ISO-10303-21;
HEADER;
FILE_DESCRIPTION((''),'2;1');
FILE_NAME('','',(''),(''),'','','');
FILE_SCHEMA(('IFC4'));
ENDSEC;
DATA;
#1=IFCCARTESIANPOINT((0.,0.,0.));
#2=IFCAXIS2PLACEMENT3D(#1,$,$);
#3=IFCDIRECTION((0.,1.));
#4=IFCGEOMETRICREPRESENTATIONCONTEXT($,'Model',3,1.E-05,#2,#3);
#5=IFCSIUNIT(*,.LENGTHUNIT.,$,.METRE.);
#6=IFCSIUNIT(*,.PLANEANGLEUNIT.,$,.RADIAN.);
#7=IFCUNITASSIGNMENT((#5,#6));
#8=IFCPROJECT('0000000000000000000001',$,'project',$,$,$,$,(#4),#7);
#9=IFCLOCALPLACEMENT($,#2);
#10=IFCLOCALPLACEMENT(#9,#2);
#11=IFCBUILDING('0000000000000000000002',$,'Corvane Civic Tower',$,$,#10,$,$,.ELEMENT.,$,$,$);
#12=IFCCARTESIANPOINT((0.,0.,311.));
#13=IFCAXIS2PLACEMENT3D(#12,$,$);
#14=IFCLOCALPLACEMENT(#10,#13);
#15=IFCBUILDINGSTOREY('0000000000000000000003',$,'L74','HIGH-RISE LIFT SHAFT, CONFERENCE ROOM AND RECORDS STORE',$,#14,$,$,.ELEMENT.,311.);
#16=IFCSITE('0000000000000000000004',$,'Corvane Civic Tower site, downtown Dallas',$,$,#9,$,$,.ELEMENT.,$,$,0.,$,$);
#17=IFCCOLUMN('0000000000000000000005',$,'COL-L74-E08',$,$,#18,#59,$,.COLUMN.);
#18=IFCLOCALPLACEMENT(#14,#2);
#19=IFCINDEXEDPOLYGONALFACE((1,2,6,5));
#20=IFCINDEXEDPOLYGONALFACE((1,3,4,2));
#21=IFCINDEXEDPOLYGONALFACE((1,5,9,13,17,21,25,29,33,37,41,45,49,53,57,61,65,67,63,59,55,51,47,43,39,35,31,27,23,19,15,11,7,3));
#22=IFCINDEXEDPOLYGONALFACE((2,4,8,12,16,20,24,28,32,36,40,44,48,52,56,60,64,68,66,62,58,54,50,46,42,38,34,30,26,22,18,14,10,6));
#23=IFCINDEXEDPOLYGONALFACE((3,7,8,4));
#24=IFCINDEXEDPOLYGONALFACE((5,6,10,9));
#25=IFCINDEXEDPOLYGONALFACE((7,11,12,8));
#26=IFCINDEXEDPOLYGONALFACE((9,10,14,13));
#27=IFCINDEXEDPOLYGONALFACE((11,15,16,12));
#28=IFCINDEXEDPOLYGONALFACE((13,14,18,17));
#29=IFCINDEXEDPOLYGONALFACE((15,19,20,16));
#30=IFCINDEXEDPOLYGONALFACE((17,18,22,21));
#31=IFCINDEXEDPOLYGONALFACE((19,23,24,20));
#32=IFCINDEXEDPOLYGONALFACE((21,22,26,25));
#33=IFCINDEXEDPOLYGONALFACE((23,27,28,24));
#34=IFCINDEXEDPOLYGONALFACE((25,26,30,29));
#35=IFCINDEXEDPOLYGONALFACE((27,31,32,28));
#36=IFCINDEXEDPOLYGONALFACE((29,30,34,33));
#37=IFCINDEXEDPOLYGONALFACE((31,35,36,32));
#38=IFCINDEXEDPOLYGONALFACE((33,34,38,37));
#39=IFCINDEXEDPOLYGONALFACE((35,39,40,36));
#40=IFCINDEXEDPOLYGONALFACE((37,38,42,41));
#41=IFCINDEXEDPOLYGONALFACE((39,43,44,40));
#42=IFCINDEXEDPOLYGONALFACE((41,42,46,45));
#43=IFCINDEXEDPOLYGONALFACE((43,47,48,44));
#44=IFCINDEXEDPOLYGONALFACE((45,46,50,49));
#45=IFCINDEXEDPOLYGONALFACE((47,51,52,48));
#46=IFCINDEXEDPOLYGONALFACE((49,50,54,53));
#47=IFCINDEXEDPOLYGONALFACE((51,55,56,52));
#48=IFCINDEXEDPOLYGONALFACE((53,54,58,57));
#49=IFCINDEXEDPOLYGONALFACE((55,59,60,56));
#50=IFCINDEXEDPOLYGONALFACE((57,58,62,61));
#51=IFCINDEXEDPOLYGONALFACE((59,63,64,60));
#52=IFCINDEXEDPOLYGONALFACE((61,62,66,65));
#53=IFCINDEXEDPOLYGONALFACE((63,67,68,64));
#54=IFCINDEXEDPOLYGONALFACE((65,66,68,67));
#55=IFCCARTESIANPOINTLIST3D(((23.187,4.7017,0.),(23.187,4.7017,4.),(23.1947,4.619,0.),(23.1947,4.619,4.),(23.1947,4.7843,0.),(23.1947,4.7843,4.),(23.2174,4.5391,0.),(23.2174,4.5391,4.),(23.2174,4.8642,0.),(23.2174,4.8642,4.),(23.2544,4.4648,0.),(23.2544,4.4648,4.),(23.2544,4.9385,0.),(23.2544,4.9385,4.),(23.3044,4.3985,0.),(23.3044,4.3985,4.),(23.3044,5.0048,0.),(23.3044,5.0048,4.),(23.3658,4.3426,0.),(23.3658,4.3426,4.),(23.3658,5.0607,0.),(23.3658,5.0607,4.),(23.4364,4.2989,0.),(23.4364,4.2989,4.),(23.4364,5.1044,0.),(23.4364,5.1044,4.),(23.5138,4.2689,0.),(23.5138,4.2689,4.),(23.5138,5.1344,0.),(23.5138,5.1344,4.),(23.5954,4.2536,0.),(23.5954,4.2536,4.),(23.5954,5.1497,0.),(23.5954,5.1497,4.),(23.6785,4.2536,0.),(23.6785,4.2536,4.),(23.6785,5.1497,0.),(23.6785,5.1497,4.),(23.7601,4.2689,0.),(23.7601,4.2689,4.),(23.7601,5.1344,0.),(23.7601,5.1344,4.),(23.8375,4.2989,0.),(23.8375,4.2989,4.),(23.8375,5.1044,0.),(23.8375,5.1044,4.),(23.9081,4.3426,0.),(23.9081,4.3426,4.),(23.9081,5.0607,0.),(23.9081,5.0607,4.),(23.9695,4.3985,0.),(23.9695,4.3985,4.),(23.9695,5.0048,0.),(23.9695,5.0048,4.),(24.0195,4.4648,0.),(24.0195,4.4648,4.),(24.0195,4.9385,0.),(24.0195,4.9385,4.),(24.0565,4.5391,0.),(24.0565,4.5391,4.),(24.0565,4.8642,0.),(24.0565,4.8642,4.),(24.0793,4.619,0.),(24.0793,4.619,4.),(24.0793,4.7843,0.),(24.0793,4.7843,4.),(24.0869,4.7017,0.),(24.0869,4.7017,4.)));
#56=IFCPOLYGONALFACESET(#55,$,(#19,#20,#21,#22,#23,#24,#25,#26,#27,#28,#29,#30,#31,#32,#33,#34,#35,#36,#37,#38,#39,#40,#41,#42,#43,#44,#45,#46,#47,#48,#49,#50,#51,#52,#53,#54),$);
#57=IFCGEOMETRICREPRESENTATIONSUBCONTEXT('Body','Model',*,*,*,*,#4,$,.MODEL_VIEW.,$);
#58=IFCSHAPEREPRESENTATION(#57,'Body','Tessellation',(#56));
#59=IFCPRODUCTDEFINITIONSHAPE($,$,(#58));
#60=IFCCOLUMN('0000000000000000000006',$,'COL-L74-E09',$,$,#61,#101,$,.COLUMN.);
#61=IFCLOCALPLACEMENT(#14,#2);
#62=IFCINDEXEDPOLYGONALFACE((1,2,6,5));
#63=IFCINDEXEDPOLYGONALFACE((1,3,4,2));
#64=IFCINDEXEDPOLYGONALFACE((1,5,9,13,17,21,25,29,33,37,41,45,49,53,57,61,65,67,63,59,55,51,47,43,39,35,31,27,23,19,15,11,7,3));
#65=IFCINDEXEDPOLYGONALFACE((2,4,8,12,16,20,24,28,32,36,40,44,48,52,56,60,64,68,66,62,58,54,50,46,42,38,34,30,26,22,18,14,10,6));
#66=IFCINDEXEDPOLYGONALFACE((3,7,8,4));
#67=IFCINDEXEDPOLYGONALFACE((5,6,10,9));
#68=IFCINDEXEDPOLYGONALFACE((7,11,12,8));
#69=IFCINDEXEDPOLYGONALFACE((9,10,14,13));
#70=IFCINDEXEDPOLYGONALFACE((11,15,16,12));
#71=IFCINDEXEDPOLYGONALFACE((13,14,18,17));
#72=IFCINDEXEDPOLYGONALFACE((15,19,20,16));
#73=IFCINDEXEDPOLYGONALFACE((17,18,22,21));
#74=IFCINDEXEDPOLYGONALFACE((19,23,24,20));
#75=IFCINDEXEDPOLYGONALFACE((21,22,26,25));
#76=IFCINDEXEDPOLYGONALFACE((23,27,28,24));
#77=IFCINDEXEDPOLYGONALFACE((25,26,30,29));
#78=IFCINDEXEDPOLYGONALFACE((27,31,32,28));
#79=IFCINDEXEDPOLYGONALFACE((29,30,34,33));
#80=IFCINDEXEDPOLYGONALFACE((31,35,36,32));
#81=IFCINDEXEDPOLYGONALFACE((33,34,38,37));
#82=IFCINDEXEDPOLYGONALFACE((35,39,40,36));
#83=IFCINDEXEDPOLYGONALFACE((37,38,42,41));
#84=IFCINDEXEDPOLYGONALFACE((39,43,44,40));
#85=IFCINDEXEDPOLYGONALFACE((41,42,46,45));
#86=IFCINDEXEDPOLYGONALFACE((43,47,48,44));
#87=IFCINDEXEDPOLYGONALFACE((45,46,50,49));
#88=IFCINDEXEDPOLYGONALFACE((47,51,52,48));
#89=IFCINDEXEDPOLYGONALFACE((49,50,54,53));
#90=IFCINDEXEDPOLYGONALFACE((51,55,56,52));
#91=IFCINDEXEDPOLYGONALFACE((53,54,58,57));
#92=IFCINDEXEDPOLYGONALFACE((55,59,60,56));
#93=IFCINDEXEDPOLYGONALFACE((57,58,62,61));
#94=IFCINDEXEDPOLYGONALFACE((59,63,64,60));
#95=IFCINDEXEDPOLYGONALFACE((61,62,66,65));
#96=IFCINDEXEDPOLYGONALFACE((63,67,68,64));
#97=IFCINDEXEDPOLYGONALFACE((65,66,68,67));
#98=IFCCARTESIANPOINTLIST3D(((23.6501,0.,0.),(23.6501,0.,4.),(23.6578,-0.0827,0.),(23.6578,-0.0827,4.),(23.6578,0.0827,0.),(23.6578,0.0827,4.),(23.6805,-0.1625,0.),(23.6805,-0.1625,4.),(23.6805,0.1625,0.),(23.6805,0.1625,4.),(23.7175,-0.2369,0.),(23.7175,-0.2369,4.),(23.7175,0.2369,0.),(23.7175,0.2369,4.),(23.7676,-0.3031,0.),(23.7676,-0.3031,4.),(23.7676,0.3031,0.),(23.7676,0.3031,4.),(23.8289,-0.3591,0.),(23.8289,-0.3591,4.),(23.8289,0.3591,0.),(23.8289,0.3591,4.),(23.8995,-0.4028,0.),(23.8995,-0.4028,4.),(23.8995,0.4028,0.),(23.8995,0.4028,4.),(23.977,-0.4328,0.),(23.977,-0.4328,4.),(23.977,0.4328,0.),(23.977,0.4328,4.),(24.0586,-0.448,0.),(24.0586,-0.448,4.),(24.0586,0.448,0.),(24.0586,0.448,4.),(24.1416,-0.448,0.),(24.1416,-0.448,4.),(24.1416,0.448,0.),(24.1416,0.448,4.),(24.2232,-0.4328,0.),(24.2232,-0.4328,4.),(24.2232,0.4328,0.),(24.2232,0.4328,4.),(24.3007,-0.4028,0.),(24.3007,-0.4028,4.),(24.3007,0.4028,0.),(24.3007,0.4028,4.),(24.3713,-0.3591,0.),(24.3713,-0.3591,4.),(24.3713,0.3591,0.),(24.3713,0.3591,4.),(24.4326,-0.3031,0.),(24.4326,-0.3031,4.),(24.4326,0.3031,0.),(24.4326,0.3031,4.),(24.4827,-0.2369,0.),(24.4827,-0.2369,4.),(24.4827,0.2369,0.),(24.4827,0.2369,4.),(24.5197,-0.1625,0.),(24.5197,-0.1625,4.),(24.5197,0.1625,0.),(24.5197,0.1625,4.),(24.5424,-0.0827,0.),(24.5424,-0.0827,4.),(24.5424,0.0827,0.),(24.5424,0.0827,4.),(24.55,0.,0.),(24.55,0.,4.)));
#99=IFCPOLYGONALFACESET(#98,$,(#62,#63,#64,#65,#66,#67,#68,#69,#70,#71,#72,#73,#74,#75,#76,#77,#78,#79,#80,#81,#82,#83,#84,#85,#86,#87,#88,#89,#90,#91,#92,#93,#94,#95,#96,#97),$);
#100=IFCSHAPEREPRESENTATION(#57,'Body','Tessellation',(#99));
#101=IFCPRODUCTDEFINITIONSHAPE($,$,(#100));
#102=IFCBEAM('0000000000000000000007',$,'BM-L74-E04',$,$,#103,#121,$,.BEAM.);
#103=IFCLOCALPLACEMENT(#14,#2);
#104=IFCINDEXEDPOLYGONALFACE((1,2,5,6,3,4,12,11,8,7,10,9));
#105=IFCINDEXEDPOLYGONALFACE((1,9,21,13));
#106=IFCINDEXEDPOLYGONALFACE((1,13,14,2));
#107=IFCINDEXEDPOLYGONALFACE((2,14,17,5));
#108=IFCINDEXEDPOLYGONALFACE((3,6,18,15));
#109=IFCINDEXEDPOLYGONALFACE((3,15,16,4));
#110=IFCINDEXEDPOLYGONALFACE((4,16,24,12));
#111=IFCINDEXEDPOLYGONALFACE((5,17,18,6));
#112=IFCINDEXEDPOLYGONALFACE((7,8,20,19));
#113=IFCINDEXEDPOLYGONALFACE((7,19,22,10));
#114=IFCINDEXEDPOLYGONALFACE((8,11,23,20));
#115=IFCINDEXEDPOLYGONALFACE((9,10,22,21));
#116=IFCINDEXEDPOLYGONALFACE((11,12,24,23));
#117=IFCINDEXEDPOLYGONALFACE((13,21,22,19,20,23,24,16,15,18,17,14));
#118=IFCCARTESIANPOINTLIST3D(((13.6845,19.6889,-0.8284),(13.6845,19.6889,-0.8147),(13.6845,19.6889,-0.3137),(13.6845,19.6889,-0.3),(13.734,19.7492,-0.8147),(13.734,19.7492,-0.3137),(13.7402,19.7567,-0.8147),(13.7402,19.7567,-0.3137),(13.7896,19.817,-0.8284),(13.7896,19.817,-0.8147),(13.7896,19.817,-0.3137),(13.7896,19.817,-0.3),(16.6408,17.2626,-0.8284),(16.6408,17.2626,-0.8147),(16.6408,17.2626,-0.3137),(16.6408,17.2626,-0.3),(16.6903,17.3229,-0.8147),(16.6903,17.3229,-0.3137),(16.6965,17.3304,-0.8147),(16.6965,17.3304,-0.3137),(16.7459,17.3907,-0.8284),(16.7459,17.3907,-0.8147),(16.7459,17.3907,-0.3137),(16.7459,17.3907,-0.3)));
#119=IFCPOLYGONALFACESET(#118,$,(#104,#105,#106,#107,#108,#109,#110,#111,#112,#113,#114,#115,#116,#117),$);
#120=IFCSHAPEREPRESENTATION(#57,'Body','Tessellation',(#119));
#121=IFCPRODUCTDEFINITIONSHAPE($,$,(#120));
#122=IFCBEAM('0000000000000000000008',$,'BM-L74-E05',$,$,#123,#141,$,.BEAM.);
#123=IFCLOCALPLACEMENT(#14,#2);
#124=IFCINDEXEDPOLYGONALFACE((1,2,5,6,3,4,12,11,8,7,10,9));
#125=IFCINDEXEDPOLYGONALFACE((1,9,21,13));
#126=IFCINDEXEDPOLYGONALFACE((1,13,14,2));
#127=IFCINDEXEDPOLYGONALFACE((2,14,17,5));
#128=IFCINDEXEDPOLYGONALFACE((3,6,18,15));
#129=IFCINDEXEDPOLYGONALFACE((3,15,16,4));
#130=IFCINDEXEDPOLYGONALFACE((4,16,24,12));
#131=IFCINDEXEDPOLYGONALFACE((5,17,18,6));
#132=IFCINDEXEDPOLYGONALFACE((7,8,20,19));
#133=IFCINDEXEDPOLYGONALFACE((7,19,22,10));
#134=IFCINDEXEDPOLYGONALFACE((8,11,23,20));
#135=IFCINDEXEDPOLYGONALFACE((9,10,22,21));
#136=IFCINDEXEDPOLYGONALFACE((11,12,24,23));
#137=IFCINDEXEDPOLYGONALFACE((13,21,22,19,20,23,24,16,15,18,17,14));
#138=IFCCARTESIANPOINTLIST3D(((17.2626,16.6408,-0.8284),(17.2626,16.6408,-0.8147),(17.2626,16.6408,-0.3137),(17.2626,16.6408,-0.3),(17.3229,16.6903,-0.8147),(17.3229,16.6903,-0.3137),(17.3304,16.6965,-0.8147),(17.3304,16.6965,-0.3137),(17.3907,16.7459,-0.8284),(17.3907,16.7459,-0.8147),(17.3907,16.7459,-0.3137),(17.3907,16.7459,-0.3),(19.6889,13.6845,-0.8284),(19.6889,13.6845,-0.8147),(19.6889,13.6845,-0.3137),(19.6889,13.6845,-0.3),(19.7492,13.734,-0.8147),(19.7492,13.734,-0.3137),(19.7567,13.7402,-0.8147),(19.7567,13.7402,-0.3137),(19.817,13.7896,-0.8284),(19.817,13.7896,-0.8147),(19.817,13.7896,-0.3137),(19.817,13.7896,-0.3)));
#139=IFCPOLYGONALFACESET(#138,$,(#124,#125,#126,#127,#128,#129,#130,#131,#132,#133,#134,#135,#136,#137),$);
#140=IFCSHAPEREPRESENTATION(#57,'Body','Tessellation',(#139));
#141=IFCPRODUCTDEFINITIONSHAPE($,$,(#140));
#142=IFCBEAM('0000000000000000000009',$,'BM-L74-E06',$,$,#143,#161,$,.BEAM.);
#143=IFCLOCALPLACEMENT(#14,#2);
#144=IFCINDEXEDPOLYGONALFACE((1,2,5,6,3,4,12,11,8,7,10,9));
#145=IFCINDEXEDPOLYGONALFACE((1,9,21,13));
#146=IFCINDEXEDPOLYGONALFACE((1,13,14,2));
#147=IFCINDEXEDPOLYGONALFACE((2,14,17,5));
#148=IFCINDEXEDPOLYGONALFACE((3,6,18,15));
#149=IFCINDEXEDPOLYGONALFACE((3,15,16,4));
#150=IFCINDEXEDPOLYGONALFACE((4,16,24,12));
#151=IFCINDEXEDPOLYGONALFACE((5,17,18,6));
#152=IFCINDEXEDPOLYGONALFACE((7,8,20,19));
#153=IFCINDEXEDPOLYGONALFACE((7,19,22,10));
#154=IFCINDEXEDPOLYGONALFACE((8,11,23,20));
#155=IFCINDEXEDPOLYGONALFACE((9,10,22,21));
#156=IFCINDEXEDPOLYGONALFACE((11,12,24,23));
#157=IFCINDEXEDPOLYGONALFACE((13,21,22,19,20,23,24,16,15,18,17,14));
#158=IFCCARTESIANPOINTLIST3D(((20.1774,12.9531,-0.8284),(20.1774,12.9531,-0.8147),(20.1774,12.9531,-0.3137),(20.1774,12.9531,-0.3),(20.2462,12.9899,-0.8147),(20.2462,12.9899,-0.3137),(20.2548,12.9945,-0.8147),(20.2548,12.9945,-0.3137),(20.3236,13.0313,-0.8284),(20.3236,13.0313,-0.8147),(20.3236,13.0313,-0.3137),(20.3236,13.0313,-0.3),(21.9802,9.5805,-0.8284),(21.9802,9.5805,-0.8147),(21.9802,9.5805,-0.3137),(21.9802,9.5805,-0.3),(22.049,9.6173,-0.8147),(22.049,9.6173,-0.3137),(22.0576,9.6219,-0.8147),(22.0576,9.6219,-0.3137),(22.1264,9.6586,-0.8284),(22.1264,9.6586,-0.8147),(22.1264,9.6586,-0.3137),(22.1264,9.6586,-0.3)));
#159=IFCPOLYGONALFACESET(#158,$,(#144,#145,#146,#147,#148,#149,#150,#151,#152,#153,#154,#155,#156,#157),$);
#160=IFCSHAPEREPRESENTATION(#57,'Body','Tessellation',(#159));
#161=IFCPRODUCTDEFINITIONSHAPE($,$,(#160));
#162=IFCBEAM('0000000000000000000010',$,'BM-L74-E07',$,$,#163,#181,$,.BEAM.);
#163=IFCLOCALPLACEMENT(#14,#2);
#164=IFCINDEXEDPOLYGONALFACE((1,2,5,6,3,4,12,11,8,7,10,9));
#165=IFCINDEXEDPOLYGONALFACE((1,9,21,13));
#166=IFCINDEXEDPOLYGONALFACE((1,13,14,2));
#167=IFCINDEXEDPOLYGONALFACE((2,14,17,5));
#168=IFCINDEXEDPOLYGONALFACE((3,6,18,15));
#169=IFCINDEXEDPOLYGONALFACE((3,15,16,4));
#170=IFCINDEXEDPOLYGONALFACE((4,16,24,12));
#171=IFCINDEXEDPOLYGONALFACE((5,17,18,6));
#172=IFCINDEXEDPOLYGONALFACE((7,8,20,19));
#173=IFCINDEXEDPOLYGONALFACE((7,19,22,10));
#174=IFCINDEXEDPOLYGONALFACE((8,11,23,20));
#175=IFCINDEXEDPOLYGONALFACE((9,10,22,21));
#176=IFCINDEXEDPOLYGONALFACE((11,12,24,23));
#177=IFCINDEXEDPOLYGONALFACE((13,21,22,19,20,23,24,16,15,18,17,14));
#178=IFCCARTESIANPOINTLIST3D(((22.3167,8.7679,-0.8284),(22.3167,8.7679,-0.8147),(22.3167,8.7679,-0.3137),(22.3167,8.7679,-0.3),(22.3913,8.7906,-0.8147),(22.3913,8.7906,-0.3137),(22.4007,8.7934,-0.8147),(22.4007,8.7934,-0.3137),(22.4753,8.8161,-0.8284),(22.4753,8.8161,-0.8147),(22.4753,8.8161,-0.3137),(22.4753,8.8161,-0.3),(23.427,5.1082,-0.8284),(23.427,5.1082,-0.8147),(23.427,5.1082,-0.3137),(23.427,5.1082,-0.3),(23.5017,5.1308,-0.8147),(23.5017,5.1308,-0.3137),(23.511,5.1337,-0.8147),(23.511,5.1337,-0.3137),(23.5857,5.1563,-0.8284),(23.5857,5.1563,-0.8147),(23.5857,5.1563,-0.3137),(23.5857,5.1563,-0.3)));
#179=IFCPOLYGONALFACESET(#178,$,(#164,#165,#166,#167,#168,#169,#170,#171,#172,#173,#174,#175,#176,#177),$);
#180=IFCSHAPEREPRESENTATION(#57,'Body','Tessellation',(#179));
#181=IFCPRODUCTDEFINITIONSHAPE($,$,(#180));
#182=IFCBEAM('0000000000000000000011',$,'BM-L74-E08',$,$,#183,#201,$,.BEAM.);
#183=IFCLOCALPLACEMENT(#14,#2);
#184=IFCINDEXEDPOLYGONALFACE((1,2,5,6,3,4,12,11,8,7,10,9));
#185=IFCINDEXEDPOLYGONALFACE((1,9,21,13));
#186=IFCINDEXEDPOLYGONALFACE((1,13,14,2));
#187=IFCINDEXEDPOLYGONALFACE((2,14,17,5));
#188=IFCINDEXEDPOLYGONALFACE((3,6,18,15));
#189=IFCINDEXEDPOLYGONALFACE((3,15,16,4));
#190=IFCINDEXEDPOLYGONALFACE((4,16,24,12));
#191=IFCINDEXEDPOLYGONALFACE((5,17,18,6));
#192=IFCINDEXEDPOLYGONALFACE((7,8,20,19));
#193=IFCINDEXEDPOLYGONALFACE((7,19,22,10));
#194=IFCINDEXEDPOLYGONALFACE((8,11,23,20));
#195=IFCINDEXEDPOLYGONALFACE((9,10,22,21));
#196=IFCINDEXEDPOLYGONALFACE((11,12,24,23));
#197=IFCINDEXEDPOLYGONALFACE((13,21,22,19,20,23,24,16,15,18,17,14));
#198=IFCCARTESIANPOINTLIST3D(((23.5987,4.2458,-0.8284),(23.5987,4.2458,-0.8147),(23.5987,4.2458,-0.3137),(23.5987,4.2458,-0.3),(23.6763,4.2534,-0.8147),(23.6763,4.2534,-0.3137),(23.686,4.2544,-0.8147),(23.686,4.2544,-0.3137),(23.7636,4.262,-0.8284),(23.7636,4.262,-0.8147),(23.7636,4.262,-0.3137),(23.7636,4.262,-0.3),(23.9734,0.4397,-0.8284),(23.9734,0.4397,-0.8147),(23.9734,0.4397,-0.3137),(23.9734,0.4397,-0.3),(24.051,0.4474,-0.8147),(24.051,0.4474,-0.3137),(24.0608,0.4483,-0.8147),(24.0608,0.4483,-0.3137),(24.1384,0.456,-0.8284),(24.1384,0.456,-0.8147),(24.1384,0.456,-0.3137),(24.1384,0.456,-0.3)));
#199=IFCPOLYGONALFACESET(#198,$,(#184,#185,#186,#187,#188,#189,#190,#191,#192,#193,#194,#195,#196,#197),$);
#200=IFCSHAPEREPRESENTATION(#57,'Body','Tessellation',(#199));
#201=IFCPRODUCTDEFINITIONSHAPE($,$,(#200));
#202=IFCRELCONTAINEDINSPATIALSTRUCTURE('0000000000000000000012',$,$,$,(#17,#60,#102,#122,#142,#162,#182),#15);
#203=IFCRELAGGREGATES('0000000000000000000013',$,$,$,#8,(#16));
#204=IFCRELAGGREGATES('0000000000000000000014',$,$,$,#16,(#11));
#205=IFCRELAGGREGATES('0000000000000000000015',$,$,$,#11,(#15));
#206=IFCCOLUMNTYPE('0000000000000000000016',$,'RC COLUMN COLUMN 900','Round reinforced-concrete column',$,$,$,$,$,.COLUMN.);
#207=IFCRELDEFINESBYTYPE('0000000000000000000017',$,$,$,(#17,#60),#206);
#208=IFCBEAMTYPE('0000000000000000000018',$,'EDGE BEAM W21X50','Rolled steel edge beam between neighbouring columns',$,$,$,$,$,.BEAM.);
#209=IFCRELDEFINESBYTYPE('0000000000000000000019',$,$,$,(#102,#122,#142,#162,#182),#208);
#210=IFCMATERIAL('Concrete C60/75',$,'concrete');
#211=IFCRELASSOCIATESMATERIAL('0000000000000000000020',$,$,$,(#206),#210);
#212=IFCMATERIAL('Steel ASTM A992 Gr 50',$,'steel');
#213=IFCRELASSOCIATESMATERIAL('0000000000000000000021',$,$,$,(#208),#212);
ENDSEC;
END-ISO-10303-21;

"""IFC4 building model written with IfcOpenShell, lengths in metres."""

from ifc_helpers import new_model, si_unit, direction, frame, origin, origin_2d, place, context, subcontext, project, spatial, circle, i_section, extrude, material, material_profile, profile_set, type_object, element, save


model = new_model("IFC4")

# Units and contexts
model_context = context("Model", 3, precision=1e-05, world=origin(), true_north=direction((0.0, 1.0)))
body_context = subcontext(model_context, "Body", "Model", "MODEL_VIEW")
ifc_project = project(units=[si_unit("LENGTHUNIT", "METRE"), si_unit("PLANEANGLEUNIT", "RADIAN")], contexts=[model_context])

# Site, building, storey
site_placement = place(None, origin())
site = spatial("IfcSite", under=ifc_project, at=site_placement, Name="Corvane Civic Tower site, downtown Dallas", CompositionType="ELEMENT", RefElevation=0.0)
building_placement = place(site_placement, origin())
building = spatial("IfcBuilding", under=site, at=building_placement, Name="Corvane Civic Tower", CompositionType="ELEMENT")
storey_placement = place(building_placement, frame((0.0, 0.0, 311.0)))
storey = spatial("IfcBuildingStorey", under=building, at=storey_placement, Name="L74", Description="HIGH-RISE LIFT SHAFT, CONFERENCE ROOM AND RECORDS STORE", CompositionType="ELEMENT", Elevation=311.0)

# Columns
ifc_material_1 = material(Name="Concrete C60/75", Category="concrete")
ifc_material_profile_1 = material_profile(ifc_material_1, circle(Radius=0.45, at=origin_2d()), Name="COLUMN 900")
ifc_profile_set_1 = profile_set([ifc_material_profile_1], Name="Concrete C60/75")
column_type = type_object("IfcColumnType", Name="RC COLUMN COLUMN 900", Description="Round reinforced-concrete column", PredefinedType="COLUMN", material=ifc_profile_set_1)
for number, where, z_axis, x_axis, name in (
    (1, (23.637, 4.7017, 0.0), (0.0, 0.0, 1.0), (1.0, 0.0, 0.0), "COL-L74-E08"),
    (2, (24.1001, 0.0, 0.0), (0.0, 0.0, 1.0), (1.0, 0.0, 0.0), "COL-L74-E09"),
):
    element("IfcColumn", number, at=place(storey_placement, frame(where, z_axis=z_axis, x_axis=x_axis)), inside=storey, type_object=column_type, Name=name, PredefinedType="COLUMN", context=body_context, shape_type="SweptSolid", body=[
        extrude(circle(Radius=0.45, at=origin_2d()), origin(), (0.0, 0.0, 1.0), 4.0),
    ])

# Beams
ifc_material_2 = material(Name="Steel ASTM A992 Gr 50", Category="steel")
ifc_material_profile_2 = material_profile(ifc_material_2, i_section(OverallWidth=0.1658, OverallDepth=0.5283, WebThickness=0.0098, FlangeThickness=0.0137, at=origin_2d()), Name="W21X50")
ifc_profile_set_2 = profile_set([ifc_material_profile_2], Name="Steel ASTM A992 Gr 50")
beam_type_1 = type_object("IfcBeamType", Name="EDGE BEAM W21X50", Description="Rolled steel edge beam between neighbouring columns", PredefinedType="BEAM", material=ifc_profile_set_2)
for number, where, z_axis, x_axis, name in (
    (3, (13.7371, 19.7529, -0.5642), (0.772998, -0.634409, 0.0), (0.634409, 0.772998, 0.0), "BM-L74-E04"),
    (4, (17.3267, 16.6934, -0.5642), (0.634409, -0.772998, 0.0), (0.772998, 0.634409, 0.0), "BM-L74-E05"),
):
    element("IfcBeam", number, at=place(storey_placement, frame(where, z_axis=z_axis, x_axis=x_axis)), inside=storey, type_object=beam_type_1, Name=name, PredefinedType="BEAM", context=body_context, shape_type="SweptSolid", body=[
        extrude(i_section(OverallWidth=0.1658, OverallDepth=0.5283, WebThickness=0.0098, FlangeThickness=0.0137, at=origin_2d()), origin(), (0.0, 0.0, 1.0), 3.8245),
    ])
beam_1_placement = place(storey_placement, frame((20.2505, 12.9922, -0.5642), z_axis=(0.47141, -0.881914, 0.0), x_axis=(0.881914, 0.47141, 0.0)))
element("IfcBeam", 5, at=beam_1_placement, inside=storey, type_object=beam_type_1, Name="BM-L74-E06", PredefinedType="BEAM", context=body_context, shape_type="SweptSolid", body=[
    extrude(i_section(OverallWidth=0.1658, OverallDepth=0.5283, WebThickness=0.0098, FlangeThickness=0.0137, at=origin_2d()), origin(), (0.0, 0.0, 1.0), 3.8242),
])
for number, where, z_axis, x_axis, name in (
    (6, (22.396, 8.792, -0.5642), (0.290333, -0.956926, 0.0), (0.956926, 0.290333, 0.0), "BM-L74-E07"),
    (7, (23.6812, 4.2539, -0.5642), (0.097987, -0.995188, 0.0), (0.995188, 0.097987, 0.0), "BM-L74-E08"),
):
    element("IfcBeam", number, at=place(storey_placement, frame(where, z_axis=z_axis, x_axis=x_axis)), inside=storey, type_object=beam_type_1, Name=name, PredefinedType="BEAM", context=body_context, shape_type="SweptSolid", body=[
        extrude(i_section(OverallWidth=0.1658, OverallDepth=0.5283, WebThickness=0.0098, FlangeThickness=0.0137, at=origin_2d()), origin(), (0.0, 0.0, 1.0), 3.8245),
    ])

save(model, "model.ifc")
